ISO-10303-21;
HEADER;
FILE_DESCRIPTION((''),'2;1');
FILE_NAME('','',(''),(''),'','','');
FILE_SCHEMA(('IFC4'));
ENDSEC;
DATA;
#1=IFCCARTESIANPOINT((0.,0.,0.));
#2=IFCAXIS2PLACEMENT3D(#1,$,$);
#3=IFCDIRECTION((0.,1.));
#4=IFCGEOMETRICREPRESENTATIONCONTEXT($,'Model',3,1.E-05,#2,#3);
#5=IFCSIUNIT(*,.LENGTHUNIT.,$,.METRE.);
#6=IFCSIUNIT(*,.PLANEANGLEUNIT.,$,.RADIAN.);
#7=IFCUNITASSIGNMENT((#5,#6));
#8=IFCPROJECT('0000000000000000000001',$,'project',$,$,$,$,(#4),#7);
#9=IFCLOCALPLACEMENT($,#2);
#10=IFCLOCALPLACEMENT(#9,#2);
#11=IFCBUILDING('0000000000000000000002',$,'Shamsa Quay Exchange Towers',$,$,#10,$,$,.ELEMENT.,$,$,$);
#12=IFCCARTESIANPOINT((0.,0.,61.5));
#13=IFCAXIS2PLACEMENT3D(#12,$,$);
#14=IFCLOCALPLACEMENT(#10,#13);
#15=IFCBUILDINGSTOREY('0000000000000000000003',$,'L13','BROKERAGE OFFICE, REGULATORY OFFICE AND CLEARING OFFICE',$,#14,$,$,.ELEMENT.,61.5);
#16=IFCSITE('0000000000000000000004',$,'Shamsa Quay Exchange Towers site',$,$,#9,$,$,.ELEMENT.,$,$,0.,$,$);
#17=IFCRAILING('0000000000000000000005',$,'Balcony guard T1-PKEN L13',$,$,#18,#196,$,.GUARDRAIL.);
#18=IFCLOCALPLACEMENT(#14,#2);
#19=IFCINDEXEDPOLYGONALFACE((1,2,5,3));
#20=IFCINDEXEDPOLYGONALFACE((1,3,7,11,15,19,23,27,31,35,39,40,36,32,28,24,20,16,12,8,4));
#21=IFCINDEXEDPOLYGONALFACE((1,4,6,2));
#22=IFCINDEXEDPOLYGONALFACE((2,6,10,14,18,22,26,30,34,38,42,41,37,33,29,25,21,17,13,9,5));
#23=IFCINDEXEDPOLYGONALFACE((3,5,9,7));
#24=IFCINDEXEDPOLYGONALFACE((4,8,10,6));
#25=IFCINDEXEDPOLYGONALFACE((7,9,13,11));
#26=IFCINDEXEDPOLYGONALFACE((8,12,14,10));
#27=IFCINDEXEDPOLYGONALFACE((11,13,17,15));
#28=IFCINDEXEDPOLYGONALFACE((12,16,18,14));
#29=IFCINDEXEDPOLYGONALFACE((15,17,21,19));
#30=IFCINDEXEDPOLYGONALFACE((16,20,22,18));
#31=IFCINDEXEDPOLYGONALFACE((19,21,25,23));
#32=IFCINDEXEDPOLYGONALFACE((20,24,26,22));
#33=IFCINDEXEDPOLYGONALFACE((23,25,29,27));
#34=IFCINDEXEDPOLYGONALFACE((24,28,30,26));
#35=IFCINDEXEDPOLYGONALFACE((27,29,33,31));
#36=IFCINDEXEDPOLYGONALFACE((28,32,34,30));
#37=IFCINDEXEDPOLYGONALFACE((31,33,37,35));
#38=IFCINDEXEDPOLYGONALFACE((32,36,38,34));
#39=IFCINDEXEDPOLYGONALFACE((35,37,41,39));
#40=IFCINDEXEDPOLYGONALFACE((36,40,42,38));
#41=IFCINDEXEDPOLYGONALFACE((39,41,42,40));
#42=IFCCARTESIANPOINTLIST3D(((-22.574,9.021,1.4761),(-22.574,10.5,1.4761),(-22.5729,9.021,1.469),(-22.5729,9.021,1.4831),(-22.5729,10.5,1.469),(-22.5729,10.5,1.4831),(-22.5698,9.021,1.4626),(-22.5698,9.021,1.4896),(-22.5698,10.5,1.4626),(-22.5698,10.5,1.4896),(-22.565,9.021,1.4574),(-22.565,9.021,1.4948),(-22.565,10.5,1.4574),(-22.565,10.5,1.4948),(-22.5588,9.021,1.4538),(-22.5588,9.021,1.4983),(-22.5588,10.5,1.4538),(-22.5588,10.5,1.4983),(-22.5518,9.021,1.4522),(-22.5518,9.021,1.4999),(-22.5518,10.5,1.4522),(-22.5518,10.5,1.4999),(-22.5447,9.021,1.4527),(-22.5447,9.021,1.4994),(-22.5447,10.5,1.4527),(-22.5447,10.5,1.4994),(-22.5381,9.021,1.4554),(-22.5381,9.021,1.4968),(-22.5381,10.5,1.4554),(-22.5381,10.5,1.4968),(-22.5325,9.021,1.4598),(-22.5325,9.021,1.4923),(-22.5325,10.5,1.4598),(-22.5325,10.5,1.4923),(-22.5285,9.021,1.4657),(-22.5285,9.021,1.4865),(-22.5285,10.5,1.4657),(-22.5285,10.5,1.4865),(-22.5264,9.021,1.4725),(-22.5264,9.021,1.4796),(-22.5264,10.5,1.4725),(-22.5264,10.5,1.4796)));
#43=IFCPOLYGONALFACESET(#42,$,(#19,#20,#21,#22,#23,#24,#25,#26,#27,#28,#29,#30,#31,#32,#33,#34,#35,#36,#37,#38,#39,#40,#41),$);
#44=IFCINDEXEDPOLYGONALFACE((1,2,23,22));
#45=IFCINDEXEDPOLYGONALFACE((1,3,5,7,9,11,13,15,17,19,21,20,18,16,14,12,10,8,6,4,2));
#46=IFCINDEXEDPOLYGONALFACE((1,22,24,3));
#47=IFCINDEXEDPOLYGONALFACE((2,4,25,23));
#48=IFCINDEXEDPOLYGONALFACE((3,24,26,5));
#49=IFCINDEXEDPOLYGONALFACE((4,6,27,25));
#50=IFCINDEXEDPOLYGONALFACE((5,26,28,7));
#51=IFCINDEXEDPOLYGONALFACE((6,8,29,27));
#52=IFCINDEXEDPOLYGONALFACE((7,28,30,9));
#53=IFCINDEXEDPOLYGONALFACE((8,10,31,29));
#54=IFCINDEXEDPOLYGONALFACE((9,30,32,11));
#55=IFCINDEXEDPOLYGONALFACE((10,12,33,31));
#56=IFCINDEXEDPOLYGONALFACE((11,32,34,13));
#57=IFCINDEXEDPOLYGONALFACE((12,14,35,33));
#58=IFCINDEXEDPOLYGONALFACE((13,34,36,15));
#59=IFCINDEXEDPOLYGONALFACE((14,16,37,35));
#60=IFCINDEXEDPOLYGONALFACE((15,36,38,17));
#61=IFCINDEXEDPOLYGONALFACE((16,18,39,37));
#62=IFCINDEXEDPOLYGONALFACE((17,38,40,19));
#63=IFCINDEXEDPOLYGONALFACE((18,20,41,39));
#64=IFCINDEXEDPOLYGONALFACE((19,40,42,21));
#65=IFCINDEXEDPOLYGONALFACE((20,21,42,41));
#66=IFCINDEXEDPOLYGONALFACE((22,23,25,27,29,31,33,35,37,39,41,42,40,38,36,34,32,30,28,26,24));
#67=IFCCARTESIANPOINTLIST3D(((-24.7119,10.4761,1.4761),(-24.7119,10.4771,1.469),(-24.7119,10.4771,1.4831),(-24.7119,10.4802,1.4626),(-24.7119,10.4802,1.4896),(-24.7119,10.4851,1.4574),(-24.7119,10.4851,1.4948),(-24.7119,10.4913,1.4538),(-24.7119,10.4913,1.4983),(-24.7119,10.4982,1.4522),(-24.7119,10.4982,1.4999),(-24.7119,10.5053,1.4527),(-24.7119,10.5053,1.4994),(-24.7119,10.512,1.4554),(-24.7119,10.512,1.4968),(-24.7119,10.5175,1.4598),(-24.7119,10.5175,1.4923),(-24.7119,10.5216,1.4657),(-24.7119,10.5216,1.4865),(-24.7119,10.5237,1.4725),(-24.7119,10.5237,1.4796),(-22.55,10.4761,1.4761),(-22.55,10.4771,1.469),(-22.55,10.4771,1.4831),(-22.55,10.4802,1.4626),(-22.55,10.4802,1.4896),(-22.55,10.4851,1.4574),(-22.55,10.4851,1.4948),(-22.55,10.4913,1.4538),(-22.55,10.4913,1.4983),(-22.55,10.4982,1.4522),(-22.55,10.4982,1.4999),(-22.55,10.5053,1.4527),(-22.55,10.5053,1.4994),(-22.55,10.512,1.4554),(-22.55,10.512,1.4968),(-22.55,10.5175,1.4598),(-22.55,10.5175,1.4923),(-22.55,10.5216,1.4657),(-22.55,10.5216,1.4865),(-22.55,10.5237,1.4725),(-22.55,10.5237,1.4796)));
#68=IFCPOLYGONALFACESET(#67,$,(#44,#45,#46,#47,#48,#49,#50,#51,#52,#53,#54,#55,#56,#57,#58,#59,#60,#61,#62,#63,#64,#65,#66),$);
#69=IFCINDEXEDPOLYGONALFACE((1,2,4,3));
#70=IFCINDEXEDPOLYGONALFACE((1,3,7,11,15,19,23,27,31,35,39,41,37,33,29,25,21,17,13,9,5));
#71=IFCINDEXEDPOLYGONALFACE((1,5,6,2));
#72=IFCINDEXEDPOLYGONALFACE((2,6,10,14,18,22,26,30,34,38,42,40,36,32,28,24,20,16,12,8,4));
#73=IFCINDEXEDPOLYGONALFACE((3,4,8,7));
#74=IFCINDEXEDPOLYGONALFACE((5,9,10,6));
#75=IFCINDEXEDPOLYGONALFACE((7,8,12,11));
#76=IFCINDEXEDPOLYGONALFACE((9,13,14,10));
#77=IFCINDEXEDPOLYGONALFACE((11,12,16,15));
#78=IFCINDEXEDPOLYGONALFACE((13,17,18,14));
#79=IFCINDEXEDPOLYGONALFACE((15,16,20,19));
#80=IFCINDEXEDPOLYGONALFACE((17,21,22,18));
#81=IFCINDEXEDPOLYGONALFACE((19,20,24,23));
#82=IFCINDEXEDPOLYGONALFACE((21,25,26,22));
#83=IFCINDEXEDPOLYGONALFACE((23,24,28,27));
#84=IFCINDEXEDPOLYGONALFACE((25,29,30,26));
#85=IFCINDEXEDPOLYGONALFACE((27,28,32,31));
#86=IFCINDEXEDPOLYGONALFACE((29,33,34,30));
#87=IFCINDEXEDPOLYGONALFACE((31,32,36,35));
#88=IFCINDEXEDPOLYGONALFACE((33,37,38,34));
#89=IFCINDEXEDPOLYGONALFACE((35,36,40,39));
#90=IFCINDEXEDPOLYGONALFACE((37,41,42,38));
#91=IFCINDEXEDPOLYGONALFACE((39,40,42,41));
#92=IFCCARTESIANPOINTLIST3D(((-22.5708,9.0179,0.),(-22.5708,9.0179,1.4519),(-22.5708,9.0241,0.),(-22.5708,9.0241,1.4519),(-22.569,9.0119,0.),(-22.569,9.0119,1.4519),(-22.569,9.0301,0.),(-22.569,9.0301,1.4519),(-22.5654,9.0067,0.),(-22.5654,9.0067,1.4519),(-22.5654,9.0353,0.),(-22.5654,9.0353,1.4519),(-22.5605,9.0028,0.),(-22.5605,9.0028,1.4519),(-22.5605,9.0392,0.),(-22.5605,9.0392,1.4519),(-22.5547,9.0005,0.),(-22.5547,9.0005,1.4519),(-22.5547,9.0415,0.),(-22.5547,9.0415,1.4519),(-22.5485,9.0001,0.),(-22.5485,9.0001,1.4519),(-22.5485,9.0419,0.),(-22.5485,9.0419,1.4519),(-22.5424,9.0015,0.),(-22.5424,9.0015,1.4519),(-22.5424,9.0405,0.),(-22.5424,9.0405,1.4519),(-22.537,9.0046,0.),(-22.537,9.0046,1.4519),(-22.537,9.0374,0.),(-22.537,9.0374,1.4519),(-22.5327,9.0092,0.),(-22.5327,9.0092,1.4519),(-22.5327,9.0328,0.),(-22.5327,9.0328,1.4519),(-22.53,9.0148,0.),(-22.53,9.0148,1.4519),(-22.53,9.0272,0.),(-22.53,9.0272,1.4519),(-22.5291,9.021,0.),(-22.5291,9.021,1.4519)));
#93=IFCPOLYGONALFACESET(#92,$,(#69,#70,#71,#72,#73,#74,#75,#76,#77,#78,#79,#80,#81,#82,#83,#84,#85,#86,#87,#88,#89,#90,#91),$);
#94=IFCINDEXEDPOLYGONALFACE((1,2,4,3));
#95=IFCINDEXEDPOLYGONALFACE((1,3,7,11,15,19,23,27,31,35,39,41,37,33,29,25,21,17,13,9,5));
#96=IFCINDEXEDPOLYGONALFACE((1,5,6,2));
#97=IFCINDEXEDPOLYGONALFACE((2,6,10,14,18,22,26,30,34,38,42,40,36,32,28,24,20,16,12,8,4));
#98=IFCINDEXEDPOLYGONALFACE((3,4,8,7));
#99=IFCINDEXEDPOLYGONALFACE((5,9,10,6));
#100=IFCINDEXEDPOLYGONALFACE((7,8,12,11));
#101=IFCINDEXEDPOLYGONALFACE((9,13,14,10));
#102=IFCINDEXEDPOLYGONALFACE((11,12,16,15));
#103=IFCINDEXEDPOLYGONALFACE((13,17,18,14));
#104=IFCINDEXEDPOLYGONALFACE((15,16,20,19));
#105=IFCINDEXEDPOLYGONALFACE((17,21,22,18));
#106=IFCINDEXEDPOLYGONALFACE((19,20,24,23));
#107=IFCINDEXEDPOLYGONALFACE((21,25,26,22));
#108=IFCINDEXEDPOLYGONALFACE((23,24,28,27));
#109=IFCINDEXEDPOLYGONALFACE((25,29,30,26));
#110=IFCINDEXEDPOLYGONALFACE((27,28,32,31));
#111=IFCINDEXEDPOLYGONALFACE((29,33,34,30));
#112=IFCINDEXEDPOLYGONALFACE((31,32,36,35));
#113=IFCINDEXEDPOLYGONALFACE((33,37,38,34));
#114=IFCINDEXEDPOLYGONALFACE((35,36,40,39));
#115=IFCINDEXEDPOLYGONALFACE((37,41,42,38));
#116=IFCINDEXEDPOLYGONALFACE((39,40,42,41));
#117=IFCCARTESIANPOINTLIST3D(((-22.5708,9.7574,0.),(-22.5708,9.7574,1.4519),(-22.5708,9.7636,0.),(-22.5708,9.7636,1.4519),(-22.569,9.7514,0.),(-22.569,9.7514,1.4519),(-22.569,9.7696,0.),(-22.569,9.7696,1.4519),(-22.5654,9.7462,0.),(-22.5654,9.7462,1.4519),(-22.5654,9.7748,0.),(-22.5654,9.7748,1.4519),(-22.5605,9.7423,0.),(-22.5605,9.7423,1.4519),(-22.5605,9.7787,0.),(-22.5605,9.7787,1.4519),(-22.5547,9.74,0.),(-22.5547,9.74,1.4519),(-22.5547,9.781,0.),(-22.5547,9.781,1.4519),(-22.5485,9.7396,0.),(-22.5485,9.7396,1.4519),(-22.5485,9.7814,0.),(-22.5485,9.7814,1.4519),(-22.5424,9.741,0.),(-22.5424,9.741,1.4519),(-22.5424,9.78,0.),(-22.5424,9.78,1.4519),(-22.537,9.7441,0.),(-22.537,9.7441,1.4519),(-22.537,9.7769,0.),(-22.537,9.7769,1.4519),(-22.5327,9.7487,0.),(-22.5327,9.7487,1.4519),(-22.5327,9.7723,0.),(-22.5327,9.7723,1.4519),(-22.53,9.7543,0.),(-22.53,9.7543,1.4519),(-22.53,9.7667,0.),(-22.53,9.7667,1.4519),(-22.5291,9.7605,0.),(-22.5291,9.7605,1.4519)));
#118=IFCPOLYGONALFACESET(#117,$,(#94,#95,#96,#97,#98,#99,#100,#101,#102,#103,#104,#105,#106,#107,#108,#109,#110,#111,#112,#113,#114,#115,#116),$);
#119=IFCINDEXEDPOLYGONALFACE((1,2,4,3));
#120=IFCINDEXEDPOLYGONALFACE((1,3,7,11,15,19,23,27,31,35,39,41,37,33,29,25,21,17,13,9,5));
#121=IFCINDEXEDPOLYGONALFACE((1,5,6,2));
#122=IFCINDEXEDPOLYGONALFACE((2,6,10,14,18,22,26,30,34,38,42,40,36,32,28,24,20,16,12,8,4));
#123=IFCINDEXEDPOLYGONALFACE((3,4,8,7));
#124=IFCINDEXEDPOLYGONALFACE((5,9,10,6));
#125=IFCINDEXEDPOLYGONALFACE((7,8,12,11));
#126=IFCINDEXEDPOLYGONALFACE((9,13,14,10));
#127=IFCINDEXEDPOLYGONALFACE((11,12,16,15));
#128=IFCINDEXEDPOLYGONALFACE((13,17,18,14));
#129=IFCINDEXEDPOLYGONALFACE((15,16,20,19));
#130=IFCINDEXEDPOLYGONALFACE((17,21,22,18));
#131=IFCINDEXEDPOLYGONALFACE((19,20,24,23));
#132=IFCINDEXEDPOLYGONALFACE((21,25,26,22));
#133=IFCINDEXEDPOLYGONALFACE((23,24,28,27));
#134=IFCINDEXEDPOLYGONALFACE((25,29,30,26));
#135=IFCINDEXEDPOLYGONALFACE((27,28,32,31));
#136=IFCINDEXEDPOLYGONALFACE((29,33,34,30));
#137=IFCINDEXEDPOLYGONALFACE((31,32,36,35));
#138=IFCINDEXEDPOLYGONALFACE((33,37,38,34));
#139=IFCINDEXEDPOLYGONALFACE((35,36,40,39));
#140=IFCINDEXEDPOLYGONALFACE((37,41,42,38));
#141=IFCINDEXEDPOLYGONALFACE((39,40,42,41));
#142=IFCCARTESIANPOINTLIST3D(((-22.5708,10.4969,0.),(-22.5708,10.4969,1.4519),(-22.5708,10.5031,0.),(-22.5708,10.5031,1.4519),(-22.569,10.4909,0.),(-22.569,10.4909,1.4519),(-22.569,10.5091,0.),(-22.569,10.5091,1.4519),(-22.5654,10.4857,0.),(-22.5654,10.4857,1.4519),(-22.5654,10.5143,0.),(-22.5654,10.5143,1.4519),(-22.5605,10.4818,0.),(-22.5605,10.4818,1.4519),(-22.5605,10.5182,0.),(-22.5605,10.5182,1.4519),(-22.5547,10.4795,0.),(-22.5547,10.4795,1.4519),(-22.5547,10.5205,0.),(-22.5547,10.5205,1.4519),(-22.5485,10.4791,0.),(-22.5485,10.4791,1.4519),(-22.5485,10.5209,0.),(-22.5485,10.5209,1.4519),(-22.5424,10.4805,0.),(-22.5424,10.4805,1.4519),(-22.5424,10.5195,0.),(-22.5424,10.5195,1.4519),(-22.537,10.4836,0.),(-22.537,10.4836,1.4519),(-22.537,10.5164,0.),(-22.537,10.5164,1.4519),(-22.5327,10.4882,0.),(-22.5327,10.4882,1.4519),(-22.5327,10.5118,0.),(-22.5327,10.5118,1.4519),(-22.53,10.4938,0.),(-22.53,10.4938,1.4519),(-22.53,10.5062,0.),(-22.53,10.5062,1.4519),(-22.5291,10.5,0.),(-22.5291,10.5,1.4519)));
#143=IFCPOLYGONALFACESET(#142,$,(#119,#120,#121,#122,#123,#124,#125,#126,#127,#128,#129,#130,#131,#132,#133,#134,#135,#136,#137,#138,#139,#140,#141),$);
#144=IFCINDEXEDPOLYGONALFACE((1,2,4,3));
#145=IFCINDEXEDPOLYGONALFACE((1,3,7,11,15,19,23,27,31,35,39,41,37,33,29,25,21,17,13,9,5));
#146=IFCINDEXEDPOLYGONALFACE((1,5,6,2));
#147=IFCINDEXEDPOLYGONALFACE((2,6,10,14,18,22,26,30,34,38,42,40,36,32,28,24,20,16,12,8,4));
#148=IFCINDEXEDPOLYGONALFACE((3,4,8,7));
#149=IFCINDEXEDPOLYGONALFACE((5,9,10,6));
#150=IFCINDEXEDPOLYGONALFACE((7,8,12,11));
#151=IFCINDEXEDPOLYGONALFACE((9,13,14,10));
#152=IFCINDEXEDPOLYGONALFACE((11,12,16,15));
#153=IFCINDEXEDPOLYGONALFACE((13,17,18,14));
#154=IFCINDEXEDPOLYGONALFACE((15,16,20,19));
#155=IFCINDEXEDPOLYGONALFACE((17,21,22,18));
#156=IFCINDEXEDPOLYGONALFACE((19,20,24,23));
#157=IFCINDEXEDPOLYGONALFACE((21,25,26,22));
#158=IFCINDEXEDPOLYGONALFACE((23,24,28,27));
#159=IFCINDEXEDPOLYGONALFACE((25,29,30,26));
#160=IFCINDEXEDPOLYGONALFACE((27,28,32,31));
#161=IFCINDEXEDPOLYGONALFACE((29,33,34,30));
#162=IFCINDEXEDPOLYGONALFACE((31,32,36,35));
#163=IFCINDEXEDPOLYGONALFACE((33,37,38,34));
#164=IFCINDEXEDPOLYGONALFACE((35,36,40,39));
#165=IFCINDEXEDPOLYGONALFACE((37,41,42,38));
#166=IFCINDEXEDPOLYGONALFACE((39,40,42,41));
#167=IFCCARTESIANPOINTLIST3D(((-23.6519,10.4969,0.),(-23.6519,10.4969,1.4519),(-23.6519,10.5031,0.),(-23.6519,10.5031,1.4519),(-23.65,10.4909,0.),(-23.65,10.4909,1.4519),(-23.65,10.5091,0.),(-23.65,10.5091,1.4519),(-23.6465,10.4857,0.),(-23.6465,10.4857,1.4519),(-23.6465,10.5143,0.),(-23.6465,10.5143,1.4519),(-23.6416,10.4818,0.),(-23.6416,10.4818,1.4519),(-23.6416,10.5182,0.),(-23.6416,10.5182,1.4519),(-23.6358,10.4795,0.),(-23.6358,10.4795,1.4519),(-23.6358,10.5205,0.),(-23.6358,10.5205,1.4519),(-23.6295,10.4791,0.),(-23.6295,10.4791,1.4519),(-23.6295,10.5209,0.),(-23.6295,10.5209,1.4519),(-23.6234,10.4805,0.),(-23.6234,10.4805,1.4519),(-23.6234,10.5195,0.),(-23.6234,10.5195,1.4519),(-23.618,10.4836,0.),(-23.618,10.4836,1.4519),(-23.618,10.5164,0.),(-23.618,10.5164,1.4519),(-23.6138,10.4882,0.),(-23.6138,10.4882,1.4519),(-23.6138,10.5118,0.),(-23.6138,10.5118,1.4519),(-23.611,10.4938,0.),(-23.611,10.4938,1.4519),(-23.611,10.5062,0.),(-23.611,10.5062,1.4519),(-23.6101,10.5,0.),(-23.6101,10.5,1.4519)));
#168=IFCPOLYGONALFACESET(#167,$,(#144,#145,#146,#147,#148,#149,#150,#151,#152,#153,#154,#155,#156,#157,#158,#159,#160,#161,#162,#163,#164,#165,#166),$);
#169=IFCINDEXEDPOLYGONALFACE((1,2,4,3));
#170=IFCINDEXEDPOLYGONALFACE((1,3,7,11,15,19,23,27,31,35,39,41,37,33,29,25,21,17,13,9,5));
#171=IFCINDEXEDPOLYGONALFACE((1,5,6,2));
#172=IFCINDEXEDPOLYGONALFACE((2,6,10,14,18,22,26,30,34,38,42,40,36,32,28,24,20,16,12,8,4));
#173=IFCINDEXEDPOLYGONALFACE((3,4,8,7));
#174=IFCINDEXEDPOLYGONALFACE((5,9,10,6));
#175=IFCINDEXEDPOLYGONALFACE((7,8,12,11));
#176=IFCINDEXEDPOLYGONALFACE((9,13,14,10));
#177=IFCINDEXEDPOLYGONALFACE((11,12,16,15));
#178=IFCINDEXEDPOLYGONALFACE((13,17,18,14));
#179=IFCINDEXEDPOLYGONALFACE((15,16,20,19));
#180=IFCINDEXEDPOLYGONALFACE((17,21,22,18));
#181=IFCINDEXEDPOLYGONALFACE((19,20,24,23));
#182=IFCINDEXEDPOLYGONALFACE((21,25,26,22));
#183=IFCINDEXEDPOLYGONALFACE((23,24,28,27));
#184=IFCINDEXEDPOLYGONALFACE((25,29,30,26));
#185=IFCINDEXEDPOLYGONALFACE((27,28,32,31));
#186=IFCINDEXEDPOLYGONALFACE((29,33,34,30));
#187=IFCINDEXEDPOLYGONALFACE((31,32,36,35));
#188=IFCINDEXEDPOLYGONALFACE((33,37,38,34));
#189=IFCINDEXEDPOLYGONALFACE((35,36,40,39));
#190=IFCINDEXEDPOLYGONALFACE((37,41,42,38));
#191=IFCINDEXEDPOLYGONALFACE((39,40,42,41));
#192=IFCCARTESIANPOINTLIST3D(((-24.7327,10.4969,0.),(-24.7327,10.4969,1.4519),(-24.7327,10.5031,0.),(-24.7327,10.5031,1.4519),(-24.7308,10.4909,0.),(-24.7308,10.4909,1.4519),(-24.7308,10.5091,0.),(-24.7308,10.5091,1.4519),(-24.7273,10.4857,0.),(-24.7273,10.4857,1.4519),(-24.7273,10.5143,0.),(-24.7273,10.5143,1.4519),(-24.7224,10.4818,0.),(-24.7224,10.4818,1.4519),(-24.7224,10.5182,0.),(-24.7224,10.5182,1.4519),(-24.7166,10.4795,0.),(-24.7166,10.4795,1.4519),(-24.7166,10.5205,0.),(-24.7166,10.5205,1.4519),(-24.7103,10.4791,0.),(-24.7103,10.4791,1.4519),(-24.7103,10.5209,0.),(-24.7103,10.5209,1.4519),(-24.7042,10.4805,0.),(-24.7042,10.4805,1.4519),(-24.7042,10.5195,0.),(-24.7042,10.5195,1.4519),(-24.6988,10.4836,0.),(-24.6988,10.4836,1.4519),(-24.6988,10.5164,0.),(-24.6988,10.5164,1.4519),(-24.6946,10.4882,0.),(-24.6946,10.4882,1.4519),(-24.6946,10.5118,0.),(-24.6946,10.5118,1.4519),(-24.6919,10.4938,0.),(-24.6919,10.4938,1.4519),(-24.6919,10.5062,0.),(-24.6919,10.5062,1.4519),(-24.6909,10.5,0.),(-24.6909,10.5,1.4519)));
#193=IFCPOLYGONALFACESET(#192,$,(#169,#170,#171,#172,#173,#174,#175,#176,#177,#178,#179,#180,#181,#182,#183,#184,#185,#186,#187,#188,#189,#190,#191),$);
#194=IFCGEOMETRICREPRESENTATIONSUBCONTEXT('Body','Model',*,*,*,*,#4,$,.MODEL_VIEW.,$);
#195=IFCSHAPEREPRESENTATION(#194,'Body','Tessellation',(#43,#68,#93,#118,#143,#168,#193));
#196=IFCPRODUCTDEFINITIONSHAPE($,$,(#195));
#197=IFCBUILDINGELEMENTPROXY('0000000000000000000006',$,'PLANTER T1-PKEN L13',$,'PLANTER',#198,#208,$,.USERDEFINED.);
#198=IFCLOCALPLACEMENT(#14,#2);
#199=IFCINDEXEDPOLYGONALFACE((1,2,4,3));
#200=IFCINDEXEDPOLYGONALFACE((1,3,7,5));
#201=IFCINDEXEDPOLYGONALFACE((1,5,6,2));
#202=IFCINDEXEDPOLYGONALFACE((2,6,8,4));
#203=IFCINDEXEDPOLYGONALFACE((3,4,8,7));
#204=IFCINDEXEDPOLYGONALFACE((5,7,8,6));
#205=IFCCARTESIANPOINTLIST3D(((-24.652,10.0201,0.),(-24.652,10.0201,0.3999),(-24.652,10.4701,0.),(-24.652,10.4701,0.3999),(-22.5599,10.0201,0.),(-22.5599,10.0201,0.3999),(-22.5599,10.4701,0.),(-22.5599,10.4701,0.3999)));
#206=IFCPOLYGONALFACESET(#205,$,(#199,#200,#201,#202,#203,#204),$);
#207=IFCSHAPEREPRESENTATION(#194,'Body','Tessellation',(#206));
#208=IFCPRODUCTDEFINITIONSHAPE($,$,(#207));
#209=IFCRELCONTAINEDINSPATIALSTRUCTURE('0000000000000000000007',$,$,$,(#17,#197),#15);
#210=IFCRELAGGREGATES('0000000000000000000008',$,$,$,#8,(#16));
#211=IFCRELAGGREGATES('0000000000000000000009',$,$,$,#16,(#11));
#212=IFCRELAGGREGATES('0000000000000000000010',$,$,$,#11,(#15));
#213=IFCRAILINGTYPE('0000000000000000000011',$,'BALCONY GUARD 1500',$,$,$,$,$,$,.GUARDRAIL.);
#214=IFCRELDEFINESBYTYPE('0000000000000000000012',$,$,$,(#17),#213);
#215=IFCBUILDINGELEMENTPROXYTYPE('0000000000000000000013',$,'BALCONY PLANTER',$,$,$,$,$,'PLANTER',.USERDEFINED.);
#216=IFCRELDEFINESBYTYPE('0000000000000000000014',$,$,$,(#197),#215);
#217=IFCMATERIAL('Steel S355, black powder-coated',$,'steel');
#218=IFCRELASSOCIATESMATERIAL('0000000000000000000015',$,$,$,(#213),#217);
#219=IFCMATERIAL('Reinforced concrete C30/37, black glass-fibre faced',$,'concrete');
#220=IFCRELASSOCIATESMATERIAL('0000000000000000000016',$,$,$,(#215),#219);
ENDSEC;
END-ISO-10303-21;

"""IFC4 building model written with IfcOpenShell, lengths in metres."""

from ifc_helpers import new_model, si_unit, direction, frame, origin, origin_2d, place, context, subcontext, project, spatial, rectangle, circle, extrude, material, type_object, element, save


model = new_model("IFC4")

# Units and contexts
model_context = context("Model", 3, precision=1e-05, world=origin(), true_north=direction((0.0, 1.0)))
body_context = subcontext(model_context, "Body", "Model", "MODEL_VIEW")
ifc_project = project(units=[si_unit("LENGTHUNIT", "METRE"), si_unit("PLANEANGLEUNIT", "RADIAN")], contexts=[model_context])

# Site, building, storey
site_placement = place(None, origin())
site = spatial("IfcSite", under=ifc_project, at=site_placement, Name="Shamsa Quay Exchange Towers site", CompositionType="ELEMENT", RefElevation=0.0)
building_placement = place(site_placement, origin())
building = spatial("IfcBuilding", under=site, at=building_placement, Name="Shamsa Quay Exchange Towers", CompositionType="ELEMENT")
storey_placement = place(building_placement, frame((0.0, 0.0, 61.5)))
storey = spatial("IfcBuildingStorey", under=building, at=storey_placement, Name="L13", Description="BROKERAGE OFFICE, REGULATORY OFFICE AND CLEARING OFFICE", CompositionType="ELEMENT", Elevation=61.5)

# Railing
ifc_material_1 = material(Name="Steel S355, black powder-coated", Category="steel")
railing_type = type_object("IfcRailingType", Name="BALCONY GUARD 1500", PredefinedType="GUARDRAIL", material=ifc_material_1)
railing_placement = place(storey_placement, frame((-22.55, 9.021, 0.0)))
element("IfcRailing", 1, at=railing_placement, inside=storey, type_object=railing_type, Name="Balcony guard T1-PKEN L13", PredefinedType="GUARDRAIL", context=body_context, shape_type="SweptSolid", body=[
    extrude(circle(Radius=0.0239, at=origin_2d()), frame((0.0, 0.0, 1.4761), z_axis=(0.0, 1.0, 0.0), x_axis=(-1.0, 0.0, 0.0)), (0.0, 0.0, 1.0), 1.479),
    extrude(circle(Radius=0.0239, at=origin_2d()), frame((0.0, 1.479, 1.4761), z_axis=(-1.0, 0.0, 0.0), x_axis=(0.0, -1.0, 0.0)), (0.0, 0.0, 1.0), 2.1619),
    extrude(circle(Radius=0.021, at=origin_2d()), origin(), (0.0, 0.0, 1.0), 1.4519),
    extrude(circle(Radius=0.021, at=origin_2d()), frame((0.0, 0.7395, 0.0)), (0.0, 0.0, 1.0), 1.4519),
    extrude(circle(Radius=0.021, at=origin_2d()), frame((0.0, 1.479, 0.0)), (0.0, 0.0, 1.0), 1.4519),
    extrude(circle(Radius=0.021, at=origin_2d()), frame((-1.0811, 1.479, 0.0)), (0.0, 0.0, 1.0), 1.4519),
    extrude(circle(Radius=0.021, at=origin_2d()), frame((-2.1619, 1.479, 0.0)), (0.0, 0.0, 1.0), 1.4519),
])

# Building element proxy
ifc_material_2 = material(Name="Reinforced concrete C30/37, black glass-fibre faced", Category="concrete")
building_element_proxy_type = type_object("IfcBuildingElementProxyType", Name="BALCONY PLANTER", ElementType="PLANTER", PredefinedType="USERDEFINED", material=ifc_material_2)
proxy_placement = place(storey_placement, frame((-23.606, 10.2451, 0.0), z_axis=(0.0, 0.0, 1.0), x_axis=(-1.0, 0.0, 0.0)))
element("IfcBuildingElementProxy", 2, at=proxy_placement, inside=storey, type_object=building_element_proxy_type, Name="PLANTER T1-PKEN L13", ObjectType="PLANTER", PredefinedType="USERDEFINED", context=body_context, shape_type="SweptSolid", body=[
    extrude(rectangle(XDim=2.092, YDim=0.45, at=origin_2d()), origin(), (0.0, 0.0, 1.0), 0.3999),
])

save(model, "model.ifc")
